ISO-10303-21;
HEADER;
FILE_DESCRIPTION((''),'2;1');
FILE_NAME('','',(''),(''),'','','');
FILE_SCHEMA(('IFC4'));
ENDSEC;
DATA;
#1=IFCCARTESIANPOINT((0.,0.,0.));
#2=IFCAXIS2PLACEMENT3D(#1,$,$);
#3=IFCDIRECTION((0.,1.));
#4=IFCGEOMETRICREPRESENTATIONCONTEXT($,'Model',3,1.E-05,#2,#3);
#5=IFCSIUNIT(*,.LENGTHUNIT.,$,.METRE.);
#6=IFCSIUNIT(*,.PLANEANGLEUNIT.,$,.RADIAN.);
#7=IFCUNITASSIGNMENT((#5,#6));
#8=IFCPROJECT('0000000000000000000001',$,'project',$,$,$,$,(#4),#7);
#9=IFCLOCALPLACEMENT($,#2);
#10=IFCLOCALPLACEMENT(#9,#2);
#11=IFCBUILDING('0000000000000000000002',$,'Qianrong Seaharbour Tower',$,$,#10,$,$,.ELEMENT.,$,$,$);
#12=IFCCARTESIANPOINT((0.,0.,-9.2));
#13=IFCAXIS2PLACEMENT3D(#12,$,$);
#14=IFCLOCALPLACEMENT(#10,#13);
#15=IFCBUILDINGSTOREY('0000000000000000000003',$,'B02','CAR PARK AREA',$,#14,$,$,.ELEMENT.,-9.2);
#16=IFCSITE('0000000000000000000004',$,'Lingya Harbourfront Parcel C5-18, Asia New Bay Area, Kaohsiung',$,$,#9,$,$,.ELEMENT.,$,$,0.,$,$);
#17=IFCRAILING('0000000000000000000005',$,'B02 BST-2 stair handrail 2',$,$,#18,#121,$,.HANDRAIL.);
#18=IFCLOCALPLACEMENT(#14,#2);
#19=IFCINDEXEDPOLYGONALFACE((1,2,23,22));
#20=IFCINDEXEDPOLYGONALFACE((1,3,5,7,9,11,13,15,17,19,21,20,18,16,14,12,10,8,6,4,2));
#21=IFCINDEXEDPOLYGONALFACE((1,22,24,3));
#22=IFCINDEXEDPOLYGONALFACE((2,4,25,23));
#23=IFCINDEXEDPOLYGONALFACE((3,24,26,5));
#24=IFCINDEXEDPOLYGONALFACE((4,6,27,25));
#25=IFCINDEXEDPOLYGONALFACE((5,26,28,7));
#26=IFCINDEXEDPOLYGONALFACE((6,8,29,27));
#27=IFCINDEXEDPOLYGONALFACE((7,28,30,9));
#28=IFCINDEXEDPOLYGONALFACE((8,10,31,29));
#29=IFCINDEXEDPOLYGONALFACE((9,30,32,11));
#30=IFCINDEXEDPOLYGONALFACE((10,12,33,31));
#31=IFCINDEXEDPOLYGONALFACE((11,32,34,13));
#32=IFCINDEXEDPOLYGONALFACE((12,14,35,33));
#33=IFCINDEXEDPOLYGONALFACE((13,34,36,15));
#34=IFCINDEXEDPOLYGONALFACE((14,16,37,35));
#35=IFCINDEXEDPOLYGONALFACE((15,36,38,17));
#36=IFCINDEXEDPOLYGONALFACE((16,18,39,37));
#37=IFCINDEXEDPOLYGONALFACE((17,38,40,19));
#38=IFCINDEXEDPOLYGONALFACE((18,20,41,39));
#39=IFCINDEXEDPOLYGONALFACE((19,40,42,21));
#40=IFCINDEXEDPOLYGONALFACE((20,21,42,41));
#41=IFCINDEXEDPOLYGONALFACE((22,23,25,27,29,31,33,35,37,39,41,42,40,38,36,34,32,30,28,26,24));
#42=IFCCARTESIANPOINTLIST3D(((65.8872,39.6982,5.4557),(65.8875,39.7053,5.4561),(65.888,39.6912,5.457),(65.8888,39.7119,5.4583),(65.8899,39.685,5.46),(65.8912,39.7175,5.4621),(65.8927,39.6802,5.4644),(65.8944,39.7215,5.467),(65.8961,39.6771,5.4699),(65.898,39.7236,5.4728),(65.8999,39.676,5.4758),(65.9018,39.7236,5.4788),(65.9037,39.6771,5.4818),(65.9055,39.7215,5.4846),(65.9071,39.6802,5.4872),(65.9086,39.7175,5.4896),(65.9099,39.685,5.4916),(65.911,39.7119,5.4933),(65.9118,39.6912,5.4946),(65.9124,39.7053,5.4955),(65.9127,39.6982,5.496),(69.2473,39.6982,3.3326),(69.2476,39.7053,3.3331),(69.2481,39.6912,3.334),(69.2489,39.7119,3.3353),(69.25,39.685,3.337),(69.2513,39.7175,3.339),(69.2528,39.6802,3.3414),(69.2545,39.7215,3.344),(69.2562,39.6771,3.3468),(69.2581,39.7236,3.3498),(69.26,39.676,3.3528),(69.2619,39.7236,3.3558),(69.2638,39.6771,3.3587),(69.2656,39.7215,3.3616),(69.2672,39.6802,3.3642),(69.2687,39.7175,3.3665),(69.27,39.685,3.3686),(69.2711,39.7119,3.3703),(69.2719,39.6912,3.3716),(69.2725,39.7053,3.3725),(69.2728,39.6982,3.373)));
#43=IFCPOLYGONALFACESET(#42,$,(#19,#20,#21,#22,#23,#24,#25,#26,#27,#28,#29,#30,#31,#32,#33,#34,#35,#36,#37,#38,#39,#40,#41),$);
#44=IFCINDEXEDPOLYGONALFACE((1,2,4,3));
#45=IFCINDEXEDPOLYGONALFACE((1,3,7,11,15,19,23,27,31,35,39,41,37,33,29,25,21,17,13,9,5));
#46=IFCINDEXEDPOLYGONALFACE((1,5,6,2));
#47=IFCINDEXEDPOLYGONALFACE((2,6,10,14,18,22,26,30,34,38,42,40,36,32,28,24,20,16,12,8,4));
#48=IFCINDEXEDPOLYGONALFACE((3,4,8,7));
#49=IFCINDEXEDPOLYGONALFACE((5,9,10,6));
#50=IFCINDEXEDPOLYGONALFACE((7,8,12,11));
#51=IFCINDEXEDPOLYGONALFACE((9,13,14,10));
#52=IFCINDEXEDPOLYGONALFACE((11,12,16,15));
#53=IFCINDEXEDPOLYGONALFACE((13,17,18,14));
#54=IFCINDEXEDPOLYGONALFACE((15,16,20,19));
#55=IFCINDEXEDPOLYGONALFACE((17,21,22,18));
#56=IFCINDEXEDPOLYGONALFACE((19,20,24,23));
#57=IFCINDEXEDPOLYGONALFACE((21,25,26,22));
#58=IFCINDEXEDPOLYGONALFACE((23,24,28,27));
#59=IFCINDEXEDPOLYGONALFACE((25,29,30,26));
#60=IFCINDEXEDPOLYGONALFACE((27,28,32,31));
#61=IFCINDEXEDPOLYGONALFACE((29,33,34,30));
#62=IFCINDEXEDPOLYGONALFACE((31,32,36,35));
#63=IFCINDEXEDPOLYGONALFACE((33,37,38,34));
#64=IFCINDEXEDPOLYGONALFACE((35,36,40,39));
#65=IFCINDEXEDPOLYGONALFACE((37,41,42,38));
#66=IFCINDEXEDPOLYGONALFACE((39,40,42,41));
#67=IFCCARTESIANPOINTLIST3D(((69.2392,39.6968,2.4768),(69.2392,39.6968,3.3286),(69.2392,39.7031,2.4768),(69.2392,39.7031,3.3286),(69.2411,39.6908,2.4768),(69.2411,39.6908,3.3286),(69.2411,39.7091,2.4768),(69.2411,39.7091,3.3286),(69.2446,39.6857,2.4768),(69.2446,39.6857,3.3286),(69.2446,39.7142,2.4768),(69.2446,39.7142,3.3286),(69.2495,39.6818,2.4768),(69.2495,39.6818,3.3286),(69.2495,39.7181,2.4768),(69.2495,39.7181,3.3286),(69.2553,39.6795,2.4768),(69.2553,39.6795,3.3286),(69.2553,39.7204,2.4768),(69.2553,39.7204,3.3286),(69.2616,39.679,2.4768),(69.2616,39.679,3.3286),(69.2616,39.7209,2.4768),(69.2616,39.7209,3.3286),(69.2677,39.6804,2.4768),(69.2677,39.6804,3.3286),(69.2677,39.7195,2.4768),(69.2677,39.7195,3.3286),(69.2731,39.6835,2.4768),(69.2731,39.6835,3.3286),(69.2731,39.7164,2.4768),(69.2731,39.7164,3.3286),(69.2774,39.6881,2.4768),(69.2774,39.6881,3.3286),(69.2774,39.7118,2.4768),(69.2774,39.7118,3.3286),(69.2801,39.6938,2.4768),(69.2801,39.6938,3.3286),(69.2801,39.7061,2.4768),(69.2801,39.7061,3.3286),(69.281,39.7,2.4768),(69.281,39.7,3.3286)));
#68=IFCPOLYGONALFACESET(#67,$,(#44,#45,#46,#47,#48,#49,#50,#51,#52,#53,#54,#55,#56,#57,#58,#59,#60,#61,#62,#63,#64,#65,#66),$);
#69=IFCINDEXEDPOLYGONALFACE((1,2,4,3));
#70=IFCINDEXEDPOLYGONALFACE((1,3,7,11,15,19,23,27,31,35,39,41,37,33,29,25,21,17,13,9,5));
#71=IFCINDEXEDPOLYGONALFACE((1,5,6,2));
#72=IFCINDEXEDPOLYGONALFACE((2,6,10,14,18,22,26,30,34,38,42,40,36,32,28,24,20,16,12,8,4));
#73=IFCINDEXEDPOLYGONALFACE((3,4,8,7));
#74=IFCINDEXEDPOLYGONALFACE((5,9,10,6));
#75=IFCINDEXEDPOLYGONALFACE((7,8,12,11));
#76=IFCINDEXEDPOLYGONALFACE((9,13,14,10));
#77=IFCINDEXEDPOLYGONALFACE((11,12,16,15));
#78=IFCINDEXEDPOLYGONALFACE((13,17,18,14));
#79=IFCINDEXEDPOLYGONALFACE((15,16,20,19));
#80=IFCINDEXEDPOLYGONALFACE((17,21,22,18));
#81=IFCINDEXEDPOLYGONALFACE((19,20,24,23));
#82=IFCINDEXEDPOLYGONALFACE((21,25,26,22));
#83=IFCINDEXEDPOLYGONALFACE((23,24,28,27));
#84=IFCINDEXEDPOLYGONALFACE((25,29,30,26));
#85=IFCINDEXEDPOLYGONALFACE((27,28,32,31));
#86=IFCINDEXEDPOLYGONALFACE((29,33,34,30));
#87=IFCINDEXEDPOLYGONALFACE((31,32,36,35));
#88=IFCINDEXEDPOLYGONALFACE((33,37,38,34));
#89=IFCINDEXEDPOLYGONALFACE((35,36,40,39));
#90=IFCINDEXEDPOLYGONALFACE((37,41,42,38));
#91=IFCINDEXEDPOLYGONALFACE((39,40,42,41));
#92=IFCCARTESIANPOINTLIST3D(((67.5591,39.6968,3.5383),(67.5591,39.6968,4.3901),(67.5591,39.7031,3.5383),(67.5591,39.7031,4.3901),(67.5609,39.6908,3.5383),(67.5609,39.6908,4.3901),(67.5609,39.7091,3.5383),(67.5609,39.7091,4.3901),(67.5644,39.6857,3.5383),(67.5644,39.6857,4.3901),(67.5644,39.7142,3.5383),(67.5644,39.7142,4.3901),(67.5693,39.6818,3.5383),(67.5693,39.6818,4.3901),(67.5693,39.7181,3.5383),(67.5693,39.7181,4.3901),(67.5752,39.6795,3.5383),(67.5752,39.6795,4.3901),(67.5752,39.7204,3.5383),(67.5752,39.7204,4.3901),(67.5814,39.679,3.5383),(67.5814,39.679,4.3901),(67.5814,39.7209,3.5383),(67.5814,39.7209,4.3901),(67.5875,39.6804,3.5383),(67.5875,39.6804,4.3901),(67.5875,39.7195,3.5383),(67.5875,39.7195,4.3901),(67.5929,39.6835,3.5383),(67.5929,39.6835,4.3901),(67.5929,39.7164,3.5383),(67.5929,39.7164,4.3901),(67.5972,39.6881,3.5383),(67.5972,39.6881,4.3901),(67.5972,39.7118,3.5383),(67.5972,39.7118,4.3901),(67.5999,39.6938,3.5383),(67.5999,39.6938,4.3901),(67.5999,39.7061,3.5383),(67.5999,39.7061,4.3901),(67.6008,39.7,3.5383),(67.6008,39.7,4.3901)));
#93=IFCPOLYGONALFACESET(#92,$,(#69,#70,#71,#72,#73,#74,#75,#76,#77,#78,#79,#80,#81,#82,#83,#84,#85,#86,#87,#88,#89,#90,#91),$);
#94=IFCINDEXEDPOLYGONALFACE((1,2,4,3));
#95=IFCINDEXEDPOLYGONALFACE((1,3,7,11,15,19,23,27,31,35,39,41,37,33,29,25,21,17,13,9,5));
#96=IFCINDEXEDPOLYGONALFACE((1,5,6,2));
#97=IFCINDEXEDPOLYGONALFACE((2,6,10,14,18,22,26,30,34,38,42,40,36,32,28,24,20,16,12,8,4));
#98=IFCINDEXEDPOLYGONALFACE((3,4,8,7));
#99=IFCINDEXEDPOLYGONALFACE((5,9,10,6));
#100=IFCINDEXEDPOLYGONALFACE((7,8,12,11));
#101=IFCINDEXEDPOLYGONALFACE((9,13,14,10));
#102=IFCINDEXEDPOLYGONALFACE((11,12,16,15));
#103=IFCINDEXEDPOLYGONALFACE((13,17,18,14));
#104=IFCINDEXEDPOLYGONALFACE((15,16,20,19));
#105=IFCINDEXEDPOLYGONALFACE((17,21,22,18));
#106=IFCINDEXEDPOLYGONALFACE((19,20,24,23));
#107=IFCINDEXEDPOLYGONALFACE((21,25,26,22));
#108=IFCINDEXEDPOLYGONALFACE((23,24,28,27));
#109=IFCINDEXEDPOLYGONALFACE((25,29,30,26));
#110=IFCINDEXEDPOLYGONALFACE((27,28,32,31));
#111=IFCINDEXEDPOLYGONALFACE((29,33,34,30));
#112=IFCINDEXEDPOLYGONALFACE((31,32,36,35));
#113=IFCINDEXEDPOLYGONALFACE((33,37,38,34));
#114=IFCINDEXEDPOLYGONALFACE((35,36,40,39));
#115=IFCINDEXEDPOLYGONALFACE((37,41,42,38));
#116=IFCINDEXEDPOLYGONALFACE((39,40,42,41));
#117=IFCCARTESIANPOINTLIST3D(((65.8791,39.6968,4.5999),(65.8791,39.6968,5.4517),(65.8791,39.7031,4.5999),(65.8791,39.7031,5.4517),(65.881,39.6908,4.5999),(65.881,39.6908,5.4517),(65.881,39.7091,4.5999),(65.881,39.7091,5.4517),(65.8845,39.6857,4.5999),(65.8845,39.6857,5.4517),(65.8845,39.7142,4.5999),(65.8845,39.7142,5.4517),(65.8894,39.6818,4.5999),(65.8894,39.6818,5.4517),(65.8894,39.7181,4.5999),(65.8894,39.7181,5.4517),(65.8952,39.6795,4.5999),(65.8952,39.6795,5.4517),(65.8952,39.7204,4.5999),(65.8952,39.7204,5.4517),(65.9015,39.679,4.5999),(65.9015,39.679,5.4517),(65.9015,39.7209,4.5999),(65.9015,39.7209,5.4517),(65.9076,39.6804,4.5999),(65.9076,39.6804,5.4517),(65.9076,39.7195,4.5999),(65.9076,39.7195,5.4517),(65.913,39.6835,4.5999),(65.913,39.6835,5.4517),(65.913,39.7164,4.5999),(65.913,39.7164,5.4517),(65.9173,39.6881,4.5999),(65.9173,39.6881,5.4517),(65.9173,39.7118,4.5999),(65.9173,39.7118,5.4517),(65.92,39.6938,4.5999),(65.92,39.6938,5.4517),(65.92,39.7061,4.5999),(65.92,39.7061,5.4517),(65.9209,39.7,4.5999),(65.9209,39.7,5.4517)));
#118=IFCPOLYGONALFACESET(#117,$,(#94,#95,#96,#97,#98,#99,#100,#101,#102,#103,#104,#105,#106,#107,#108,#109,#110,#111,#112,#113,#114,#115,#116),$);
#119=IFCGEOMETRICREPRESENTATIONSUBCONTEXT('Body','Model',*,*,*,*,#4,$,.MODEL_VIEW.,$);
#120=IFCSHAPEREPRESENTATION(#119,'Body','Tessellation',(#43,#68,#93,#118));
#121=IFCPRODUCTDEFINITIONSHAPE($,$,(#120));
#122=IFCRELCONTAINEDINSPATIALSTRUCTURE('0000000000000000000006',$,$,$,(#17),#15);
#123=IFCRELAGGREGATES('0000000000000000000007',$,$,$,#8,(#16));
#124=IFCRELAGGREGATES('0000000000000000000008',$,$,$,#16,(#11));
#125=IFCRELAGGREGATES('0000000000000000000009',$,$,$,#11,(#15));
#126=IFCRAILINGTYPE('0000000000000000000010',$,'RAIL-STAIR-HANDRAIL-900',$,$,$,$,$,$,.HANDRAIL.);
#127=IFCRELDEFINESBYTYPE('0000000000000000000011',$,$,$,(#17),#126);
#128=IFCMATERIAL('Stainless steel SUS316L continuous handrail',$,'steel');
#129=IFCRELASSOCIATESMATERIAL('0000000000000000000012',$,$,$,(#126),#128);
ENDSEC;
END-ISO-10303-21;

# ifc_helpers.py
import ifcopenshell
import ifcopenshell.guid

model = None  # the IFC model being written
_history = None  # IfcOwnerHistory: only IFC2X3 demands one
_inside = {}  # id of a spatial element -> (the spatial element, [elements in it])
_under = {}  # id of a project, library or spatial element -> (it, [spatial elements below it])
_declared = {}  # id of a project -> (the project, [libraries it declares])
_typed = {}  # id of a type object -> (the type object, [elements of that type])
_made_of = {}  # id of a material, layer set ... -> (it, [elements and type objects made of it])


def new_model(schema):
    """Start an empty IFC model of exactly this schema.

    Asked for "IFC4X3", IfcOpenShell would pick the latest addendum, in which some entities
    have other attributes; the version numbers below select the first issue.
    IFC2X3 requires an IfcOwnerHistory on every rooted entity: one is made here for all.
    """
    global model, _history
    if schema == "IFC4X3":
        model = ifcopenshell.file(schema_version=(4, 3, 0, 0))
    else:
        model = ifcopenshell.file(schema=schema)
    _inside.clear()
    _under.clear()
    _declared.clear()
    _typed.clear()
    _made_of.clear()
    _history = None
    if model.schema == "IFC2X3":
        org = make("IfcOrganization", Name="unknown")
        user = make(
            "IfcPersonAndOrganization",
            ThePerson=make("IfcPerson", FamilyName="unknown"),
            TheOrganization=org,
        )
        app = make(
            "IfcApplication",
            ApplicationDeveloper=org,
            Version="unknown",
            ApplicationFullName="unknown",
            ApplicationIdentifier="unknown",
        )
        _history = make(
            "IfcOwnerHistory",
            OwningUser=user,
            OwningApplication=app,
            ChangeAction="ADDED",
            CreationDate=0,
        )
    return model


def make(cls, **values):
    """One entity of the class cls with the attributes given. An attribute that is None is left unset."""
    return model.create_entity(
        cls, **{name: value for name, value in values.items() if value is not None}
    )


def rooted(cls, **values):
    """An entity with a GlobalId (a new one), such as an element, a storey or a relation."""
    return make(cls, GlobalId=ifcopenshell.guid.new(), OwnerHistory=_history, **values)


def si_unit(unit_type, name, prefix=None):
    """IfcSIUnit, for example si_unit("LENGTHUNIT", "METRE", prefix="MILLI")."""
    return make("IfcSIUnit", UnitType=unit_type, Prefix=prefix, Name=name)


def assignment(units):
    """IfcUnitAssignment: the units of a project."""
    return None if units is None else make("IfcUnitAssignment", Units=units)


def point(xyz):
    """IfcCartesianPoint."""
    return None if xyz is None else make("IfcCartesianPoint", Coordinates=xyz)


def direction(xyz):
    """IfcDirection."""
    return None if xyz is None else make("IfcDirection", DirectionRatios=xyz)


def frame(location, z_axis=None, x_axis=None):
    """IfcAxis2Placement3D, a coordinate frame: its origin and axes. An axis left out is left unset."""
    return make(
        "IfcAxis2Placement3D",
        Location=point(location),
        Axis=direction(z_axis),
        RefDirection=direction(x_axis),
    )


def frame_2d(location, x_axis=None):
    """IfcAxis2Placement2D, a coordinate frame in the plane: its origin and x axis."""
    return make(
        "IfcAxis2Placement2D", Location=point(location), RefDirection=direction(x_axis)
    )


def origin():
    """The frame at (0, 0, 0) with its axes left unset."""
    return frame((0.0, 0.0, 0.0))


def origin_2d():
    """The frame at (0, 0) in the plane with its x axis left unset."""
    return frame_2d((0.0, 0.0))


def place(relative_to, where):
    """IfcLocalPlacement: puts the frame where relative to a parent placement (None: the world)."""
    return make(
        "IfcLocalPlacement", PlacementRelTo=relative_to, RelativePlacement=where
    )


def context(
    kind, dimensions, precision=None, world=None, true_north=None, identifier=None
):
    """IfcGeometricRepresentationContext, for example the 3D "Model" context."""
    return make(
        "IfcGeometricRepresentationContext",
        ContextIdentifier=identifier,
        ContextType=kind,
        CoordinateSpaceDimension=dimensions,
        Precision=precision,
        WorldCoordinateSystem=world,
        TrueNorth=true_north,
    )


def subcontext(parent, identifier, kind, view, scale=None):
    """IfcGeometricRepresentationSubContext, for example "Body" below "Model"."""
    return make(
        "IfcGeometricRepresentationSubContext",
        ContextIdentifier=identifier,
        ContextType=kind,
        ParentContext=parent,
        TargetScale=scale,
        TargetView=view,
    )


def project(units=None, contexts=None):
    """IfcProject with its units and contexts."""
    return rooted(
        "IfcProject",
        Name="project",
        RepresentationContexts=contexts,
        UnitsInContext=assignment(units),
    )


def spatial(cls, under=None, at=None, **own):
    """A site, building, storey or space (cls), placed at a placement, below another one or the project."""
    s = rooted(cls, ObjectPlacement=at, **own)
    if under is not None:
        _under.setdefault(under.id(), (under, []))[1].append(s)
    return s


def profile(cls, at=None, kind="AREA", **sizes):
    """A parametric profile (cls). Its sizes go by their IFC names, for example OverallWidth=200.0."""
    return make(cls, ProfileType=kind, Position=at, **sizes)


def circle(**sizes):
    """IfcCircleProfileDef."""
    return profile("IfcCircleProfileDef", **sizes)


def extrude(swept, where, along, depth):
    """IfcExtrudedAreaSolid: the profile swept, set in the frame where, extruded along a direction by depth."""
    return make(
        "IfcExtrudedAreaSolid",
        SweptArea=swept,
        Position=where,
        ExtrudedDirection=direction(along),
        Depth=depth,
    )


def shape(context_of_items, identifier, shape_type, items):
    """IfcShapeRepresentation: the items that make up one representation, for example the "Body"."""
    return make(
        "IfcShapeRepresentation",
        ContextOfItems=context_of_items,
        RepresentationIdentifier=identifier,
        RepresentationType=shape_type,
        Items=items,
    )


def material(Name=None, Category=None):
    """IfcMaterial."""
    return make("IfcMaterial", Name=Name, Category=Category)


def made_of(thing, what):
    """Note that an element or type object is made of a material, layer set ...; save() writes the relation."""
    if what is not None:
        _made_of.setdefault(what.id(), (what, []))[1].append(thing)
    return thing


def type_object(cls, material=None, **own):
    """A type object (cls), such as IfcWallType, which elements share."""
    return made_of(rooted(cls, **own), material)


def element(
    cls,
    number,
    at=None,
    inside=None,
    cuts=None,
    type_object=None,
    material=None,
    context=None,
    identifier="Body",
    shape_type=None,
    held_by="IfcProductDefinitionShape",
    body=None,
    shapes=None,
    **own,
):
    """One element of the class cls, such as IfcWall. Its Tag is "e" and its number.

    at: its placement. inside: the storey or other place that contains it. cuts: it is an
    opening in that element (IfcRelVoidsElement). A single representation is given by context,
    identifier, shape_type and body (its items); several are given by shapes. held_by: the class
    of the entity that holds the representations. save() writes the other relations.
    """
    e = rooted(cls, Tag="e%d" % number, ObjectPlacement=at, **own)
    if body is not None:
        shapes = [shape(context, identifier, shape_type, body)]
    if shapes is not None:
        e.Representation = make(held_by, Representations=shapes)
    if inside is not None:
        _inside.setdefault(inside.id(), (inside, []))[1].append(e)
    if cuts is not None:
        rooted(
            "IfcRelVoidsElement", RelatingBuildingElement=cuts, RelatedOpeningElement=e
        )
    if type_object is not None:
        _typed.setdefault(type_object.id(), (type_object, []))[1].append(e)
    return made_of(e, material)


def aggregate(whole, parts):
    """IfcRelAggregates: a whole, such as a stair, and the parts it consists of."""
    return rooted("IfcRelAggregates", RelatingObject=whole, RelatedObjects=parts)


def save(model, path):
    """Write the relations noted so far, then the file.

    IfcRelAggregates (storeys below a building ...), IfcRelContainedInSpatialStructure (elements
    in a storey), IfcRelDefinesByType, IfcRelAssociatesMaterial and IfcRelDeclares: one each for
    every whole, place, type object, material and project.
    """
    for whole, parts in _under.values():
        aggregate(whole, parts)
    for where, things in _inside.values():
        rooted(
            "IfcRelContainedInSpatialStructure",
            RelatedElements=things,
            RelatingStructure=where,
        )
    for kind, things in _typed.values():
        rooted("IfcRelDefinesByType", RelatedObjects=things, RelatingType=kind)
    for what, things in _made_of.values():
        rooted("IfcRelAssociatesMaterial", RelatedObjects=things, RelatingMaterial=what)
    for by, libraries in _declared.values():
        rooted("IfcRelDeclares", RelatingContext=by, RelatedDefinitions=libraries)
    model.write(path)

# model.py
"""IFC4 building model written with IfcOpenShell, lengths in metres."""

from ifc_helpers import new_model, si_unit, direction, frame, origin, origin_2d, place, context, subcontext, project, spatial, circle, extrude, material, type_object, element, save


model = new_model("IFC4")

# Units and contexts
model_context = context("Model", 3, precision=1e-05, world=origin(), true_north=direction((0.0, 1.0)))
body_context = subcontext(model_context, "Body", "Model", "MODEL_VIEW")
ifc_project = project(units=[si_unit("LENGTHUNIT", "METRE"), si_unit("PLANEANGLEUNIT", "RADIAN")], contexts=[model_context])

# Site, building, storey
site_placement = place(None, origin())
site = spatial("IfcSite", under=ifc_project, at=site_placement, Name="Lingya Harbourfront Parcel C5-18, Asia New Bay Area, Kaohsiung", CompositionType="ELEMENT", RefElevation=0.0)
building_placement = place(site_placement, origin())
building = spatial("IfcBuilding", under=site, at=building_placement, Name="Qianrong Seaharbour Tower", CompositionType="ELEMENT")
storey_placement = place(building_placement, frame((0.0, 0.0, -9.2)))
storey = spatial("IfcBuildingStorey", under=building, at=storey_placement, Name="B02", Description="CAR PARK AREA", CompositionType="ELEMENT", Elevation=-9.2)

# Railing
ifc_material_1 = material(Name="Stainless steel SUS316L continuous handrail", Category="steel")
railing_type_1 = type_object("IfcRailingType", Name="RAIL-STAIR-HANDRAIL-900", PredefinedType="HANDRAIL", material=ifc_material_1)
railing_1_placement = place(storey_placement, frame((69.26, 39.7, 2.4768)))
element("IfcRailing", 1, at=railing_1_placement, inside=storey, type_object=railing_type_1, Name="B02 BST-2 stair handrail 2", PredefinedType="HANDRAIL", context=body_context, shape_type="SweptSolid", body=[
    extrude(circle(Radius=0.0239, at=origin_2d()), frame((0.0, 0.0, 0.876), z_axis=(-0.84539, 0.0, 0.53415), x_axis=(0.0, -1.0, 0.0)), (0.0, 0.0, 1.0), 3.9746),
    extrude(circle(Radius=0.021, at=origin_2d()), origin(), (0.0, 0.0, 1.0), 0.8518),
    extrude(circle(Radius=0.021, at=origin_2d()), frame((-1.6802, 0.0, 1.0615)), (0.0, 0.0, 1.0), 0.8518),
    extrude(circle(Radius=0.021, at=origin_2d()), frame((-3.3601, 0.0, 2.123)), (0.0, 0.0, 1.0), 0.8518),
])

save(model, "model.ifc")
